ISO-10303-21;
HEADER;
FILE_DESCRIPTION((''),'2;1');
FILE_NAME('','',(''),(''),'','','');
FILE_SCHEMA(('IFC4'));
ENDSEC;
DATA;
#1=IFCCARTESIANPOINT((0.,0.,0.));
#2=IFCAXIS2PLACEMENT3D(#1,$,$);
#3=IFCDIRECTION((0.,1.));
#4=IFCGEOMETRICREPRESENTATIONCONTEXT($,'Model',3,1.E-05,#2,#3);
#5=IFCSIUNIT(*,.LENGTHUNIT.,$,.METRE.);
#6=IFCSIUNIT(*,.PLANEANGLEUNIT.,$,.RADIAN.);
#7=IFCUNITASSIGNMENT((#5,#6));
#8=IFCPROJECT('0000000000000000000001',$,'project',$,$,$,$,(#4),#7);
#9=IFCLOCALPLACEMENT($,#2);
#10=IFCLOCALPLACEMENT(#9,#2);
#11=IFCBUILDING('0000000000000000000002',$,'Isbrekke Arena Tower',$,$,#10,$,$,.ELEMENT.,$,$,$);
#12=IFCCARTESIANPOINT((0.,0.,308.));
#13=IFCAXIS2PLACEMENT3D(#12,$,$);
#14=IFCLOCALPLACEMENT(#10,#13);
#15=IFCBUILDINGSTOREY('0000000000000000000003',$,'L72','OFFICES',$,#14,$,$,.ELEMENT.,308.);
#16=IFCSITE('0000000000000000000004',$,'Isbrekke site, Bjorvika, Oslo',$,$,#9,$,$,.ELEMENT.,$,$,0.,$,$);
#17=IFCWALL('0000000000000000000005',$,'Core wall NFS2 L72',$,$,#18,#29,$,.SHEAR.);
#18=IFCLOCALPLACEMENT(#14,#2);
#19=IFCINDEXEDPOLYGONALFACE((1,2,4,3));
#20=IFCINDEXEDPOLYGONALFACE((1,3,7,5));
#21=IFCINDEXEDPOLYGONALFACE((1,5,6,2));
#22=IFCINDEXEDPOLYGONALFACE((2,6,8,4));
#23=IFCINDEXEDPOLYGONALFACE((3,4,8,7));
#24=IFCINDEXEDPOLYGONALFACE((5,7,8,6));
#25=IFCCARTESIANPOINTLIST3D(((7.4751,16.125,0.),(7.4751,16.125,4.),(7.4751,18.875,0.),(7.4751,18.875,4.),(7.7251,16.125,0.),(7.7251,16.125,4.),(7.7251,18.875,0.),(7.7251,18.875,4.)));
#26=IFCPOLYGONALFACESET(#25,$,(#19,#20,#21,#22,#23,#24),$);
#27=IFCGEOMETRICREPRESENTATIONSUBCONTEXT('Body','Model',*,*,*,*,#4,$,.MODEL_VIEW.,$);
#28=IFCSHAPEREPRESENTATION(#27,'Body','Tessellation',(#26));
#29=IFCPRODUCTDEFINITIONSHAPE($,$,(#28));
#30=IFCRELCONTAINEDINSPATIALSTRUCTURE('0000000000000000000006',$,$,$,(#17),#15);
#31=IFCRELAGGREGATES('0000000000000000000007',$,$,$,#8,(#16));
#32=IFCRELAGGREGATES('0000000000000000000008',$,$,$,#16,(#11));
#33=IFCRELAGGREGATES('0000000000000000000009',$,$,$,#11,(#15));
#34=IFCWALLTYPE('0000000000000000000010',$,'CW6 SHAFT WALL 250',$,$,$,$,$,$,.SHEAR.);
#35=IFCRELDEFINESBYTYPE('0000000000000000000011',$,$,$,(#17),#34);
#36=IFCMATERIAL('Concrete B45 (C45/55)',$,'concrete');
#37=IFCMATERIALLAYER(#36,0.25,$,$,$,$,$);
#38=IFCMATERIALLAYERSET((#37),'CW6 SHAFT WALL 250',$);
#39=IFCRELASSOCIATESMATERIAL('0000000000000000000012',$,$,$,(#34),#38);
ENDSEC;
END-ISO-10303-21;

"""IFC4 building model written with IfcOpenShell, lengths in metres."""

from ifc_helpers import new_model, si_unit, direction, frame, frame_2d, origin, place, context, subcontext, project, spatial, rectangle, extrude, material, layer, layer_set, type_object, element, save


model = new_model("IFC4")

# Units and contexts
model_context = context("Model", 3, precision=1e-05, world=origin(), true_north=direction((0.0, 1.0)))
body_context = subcontext(model_context, "Body", "Model", "MODEL_VIEW")
ifc_project = project(units=[si_unit("LENGTHUNIT", "METRE"), si_unit("PLANEANGLEUNIT", "RADIAN")], contexts=[model_context])

# Site, building, storey
site_placement = place(None, origin())
site = spatial("IfcSite", under=ifc_project, at=site_placement, Name="Isbrekke site, Bjorvika, Oslo", CompositionType="ELEMENT", RefElevation=0.0)
building_placement = place(site_placement, origin())
building = spatial("IfcBuilding", under=site, at=building_placement, Name="Isbrekke Arena Tower", CompositionType="ELEMENT")
storey_placement = place(building_placement, frame((0.0, 0.0, 308.0)))
storey = spatial("IfcBuildingStorey", under=building, at=storey_placement, Name="L72", Description="OFFICES", CompositionType="ELEMENT", Elevation=308.0)

# Wall
ifc_material_1 = material(Name="Concrete B45 (C45/55)", Category="concrete")
ifc_layer_1 = layer(ifc_material_1, 0.25)
ifc_layer_set_1 = layer_set([ifc_layer_1], Name="CW6 SHAFT WALL 250")
wall_type_1 = type_object("IfcWallType", Name="CW6 SHAFT WALL 250", PredefinedType="SHEAR", material=ifc_layer_set_1)
wall_1_placement = place(storey_placement, frame((7.6001, 16.125, 0.0), z_axis=(0.0, 0.0, 1.0), x_axis=(0.0, 1.0, 0.0)))
element("IfcWall", 1, at=wall_1_placement, inside=storey, type_object=wall_type_1, Name="Core wall NFS2 L72", PredefinedType="SHEAR", context=body_context, shape_type="SweptSolid", body=[
    extrude(rectangle(XDim=2.75, YDim=0.25, at=frame_2d((1.375, 0.0))), origin(), (0.0, 0.0, 1.0), 4.0),
])

save(model, "model.ifc")
